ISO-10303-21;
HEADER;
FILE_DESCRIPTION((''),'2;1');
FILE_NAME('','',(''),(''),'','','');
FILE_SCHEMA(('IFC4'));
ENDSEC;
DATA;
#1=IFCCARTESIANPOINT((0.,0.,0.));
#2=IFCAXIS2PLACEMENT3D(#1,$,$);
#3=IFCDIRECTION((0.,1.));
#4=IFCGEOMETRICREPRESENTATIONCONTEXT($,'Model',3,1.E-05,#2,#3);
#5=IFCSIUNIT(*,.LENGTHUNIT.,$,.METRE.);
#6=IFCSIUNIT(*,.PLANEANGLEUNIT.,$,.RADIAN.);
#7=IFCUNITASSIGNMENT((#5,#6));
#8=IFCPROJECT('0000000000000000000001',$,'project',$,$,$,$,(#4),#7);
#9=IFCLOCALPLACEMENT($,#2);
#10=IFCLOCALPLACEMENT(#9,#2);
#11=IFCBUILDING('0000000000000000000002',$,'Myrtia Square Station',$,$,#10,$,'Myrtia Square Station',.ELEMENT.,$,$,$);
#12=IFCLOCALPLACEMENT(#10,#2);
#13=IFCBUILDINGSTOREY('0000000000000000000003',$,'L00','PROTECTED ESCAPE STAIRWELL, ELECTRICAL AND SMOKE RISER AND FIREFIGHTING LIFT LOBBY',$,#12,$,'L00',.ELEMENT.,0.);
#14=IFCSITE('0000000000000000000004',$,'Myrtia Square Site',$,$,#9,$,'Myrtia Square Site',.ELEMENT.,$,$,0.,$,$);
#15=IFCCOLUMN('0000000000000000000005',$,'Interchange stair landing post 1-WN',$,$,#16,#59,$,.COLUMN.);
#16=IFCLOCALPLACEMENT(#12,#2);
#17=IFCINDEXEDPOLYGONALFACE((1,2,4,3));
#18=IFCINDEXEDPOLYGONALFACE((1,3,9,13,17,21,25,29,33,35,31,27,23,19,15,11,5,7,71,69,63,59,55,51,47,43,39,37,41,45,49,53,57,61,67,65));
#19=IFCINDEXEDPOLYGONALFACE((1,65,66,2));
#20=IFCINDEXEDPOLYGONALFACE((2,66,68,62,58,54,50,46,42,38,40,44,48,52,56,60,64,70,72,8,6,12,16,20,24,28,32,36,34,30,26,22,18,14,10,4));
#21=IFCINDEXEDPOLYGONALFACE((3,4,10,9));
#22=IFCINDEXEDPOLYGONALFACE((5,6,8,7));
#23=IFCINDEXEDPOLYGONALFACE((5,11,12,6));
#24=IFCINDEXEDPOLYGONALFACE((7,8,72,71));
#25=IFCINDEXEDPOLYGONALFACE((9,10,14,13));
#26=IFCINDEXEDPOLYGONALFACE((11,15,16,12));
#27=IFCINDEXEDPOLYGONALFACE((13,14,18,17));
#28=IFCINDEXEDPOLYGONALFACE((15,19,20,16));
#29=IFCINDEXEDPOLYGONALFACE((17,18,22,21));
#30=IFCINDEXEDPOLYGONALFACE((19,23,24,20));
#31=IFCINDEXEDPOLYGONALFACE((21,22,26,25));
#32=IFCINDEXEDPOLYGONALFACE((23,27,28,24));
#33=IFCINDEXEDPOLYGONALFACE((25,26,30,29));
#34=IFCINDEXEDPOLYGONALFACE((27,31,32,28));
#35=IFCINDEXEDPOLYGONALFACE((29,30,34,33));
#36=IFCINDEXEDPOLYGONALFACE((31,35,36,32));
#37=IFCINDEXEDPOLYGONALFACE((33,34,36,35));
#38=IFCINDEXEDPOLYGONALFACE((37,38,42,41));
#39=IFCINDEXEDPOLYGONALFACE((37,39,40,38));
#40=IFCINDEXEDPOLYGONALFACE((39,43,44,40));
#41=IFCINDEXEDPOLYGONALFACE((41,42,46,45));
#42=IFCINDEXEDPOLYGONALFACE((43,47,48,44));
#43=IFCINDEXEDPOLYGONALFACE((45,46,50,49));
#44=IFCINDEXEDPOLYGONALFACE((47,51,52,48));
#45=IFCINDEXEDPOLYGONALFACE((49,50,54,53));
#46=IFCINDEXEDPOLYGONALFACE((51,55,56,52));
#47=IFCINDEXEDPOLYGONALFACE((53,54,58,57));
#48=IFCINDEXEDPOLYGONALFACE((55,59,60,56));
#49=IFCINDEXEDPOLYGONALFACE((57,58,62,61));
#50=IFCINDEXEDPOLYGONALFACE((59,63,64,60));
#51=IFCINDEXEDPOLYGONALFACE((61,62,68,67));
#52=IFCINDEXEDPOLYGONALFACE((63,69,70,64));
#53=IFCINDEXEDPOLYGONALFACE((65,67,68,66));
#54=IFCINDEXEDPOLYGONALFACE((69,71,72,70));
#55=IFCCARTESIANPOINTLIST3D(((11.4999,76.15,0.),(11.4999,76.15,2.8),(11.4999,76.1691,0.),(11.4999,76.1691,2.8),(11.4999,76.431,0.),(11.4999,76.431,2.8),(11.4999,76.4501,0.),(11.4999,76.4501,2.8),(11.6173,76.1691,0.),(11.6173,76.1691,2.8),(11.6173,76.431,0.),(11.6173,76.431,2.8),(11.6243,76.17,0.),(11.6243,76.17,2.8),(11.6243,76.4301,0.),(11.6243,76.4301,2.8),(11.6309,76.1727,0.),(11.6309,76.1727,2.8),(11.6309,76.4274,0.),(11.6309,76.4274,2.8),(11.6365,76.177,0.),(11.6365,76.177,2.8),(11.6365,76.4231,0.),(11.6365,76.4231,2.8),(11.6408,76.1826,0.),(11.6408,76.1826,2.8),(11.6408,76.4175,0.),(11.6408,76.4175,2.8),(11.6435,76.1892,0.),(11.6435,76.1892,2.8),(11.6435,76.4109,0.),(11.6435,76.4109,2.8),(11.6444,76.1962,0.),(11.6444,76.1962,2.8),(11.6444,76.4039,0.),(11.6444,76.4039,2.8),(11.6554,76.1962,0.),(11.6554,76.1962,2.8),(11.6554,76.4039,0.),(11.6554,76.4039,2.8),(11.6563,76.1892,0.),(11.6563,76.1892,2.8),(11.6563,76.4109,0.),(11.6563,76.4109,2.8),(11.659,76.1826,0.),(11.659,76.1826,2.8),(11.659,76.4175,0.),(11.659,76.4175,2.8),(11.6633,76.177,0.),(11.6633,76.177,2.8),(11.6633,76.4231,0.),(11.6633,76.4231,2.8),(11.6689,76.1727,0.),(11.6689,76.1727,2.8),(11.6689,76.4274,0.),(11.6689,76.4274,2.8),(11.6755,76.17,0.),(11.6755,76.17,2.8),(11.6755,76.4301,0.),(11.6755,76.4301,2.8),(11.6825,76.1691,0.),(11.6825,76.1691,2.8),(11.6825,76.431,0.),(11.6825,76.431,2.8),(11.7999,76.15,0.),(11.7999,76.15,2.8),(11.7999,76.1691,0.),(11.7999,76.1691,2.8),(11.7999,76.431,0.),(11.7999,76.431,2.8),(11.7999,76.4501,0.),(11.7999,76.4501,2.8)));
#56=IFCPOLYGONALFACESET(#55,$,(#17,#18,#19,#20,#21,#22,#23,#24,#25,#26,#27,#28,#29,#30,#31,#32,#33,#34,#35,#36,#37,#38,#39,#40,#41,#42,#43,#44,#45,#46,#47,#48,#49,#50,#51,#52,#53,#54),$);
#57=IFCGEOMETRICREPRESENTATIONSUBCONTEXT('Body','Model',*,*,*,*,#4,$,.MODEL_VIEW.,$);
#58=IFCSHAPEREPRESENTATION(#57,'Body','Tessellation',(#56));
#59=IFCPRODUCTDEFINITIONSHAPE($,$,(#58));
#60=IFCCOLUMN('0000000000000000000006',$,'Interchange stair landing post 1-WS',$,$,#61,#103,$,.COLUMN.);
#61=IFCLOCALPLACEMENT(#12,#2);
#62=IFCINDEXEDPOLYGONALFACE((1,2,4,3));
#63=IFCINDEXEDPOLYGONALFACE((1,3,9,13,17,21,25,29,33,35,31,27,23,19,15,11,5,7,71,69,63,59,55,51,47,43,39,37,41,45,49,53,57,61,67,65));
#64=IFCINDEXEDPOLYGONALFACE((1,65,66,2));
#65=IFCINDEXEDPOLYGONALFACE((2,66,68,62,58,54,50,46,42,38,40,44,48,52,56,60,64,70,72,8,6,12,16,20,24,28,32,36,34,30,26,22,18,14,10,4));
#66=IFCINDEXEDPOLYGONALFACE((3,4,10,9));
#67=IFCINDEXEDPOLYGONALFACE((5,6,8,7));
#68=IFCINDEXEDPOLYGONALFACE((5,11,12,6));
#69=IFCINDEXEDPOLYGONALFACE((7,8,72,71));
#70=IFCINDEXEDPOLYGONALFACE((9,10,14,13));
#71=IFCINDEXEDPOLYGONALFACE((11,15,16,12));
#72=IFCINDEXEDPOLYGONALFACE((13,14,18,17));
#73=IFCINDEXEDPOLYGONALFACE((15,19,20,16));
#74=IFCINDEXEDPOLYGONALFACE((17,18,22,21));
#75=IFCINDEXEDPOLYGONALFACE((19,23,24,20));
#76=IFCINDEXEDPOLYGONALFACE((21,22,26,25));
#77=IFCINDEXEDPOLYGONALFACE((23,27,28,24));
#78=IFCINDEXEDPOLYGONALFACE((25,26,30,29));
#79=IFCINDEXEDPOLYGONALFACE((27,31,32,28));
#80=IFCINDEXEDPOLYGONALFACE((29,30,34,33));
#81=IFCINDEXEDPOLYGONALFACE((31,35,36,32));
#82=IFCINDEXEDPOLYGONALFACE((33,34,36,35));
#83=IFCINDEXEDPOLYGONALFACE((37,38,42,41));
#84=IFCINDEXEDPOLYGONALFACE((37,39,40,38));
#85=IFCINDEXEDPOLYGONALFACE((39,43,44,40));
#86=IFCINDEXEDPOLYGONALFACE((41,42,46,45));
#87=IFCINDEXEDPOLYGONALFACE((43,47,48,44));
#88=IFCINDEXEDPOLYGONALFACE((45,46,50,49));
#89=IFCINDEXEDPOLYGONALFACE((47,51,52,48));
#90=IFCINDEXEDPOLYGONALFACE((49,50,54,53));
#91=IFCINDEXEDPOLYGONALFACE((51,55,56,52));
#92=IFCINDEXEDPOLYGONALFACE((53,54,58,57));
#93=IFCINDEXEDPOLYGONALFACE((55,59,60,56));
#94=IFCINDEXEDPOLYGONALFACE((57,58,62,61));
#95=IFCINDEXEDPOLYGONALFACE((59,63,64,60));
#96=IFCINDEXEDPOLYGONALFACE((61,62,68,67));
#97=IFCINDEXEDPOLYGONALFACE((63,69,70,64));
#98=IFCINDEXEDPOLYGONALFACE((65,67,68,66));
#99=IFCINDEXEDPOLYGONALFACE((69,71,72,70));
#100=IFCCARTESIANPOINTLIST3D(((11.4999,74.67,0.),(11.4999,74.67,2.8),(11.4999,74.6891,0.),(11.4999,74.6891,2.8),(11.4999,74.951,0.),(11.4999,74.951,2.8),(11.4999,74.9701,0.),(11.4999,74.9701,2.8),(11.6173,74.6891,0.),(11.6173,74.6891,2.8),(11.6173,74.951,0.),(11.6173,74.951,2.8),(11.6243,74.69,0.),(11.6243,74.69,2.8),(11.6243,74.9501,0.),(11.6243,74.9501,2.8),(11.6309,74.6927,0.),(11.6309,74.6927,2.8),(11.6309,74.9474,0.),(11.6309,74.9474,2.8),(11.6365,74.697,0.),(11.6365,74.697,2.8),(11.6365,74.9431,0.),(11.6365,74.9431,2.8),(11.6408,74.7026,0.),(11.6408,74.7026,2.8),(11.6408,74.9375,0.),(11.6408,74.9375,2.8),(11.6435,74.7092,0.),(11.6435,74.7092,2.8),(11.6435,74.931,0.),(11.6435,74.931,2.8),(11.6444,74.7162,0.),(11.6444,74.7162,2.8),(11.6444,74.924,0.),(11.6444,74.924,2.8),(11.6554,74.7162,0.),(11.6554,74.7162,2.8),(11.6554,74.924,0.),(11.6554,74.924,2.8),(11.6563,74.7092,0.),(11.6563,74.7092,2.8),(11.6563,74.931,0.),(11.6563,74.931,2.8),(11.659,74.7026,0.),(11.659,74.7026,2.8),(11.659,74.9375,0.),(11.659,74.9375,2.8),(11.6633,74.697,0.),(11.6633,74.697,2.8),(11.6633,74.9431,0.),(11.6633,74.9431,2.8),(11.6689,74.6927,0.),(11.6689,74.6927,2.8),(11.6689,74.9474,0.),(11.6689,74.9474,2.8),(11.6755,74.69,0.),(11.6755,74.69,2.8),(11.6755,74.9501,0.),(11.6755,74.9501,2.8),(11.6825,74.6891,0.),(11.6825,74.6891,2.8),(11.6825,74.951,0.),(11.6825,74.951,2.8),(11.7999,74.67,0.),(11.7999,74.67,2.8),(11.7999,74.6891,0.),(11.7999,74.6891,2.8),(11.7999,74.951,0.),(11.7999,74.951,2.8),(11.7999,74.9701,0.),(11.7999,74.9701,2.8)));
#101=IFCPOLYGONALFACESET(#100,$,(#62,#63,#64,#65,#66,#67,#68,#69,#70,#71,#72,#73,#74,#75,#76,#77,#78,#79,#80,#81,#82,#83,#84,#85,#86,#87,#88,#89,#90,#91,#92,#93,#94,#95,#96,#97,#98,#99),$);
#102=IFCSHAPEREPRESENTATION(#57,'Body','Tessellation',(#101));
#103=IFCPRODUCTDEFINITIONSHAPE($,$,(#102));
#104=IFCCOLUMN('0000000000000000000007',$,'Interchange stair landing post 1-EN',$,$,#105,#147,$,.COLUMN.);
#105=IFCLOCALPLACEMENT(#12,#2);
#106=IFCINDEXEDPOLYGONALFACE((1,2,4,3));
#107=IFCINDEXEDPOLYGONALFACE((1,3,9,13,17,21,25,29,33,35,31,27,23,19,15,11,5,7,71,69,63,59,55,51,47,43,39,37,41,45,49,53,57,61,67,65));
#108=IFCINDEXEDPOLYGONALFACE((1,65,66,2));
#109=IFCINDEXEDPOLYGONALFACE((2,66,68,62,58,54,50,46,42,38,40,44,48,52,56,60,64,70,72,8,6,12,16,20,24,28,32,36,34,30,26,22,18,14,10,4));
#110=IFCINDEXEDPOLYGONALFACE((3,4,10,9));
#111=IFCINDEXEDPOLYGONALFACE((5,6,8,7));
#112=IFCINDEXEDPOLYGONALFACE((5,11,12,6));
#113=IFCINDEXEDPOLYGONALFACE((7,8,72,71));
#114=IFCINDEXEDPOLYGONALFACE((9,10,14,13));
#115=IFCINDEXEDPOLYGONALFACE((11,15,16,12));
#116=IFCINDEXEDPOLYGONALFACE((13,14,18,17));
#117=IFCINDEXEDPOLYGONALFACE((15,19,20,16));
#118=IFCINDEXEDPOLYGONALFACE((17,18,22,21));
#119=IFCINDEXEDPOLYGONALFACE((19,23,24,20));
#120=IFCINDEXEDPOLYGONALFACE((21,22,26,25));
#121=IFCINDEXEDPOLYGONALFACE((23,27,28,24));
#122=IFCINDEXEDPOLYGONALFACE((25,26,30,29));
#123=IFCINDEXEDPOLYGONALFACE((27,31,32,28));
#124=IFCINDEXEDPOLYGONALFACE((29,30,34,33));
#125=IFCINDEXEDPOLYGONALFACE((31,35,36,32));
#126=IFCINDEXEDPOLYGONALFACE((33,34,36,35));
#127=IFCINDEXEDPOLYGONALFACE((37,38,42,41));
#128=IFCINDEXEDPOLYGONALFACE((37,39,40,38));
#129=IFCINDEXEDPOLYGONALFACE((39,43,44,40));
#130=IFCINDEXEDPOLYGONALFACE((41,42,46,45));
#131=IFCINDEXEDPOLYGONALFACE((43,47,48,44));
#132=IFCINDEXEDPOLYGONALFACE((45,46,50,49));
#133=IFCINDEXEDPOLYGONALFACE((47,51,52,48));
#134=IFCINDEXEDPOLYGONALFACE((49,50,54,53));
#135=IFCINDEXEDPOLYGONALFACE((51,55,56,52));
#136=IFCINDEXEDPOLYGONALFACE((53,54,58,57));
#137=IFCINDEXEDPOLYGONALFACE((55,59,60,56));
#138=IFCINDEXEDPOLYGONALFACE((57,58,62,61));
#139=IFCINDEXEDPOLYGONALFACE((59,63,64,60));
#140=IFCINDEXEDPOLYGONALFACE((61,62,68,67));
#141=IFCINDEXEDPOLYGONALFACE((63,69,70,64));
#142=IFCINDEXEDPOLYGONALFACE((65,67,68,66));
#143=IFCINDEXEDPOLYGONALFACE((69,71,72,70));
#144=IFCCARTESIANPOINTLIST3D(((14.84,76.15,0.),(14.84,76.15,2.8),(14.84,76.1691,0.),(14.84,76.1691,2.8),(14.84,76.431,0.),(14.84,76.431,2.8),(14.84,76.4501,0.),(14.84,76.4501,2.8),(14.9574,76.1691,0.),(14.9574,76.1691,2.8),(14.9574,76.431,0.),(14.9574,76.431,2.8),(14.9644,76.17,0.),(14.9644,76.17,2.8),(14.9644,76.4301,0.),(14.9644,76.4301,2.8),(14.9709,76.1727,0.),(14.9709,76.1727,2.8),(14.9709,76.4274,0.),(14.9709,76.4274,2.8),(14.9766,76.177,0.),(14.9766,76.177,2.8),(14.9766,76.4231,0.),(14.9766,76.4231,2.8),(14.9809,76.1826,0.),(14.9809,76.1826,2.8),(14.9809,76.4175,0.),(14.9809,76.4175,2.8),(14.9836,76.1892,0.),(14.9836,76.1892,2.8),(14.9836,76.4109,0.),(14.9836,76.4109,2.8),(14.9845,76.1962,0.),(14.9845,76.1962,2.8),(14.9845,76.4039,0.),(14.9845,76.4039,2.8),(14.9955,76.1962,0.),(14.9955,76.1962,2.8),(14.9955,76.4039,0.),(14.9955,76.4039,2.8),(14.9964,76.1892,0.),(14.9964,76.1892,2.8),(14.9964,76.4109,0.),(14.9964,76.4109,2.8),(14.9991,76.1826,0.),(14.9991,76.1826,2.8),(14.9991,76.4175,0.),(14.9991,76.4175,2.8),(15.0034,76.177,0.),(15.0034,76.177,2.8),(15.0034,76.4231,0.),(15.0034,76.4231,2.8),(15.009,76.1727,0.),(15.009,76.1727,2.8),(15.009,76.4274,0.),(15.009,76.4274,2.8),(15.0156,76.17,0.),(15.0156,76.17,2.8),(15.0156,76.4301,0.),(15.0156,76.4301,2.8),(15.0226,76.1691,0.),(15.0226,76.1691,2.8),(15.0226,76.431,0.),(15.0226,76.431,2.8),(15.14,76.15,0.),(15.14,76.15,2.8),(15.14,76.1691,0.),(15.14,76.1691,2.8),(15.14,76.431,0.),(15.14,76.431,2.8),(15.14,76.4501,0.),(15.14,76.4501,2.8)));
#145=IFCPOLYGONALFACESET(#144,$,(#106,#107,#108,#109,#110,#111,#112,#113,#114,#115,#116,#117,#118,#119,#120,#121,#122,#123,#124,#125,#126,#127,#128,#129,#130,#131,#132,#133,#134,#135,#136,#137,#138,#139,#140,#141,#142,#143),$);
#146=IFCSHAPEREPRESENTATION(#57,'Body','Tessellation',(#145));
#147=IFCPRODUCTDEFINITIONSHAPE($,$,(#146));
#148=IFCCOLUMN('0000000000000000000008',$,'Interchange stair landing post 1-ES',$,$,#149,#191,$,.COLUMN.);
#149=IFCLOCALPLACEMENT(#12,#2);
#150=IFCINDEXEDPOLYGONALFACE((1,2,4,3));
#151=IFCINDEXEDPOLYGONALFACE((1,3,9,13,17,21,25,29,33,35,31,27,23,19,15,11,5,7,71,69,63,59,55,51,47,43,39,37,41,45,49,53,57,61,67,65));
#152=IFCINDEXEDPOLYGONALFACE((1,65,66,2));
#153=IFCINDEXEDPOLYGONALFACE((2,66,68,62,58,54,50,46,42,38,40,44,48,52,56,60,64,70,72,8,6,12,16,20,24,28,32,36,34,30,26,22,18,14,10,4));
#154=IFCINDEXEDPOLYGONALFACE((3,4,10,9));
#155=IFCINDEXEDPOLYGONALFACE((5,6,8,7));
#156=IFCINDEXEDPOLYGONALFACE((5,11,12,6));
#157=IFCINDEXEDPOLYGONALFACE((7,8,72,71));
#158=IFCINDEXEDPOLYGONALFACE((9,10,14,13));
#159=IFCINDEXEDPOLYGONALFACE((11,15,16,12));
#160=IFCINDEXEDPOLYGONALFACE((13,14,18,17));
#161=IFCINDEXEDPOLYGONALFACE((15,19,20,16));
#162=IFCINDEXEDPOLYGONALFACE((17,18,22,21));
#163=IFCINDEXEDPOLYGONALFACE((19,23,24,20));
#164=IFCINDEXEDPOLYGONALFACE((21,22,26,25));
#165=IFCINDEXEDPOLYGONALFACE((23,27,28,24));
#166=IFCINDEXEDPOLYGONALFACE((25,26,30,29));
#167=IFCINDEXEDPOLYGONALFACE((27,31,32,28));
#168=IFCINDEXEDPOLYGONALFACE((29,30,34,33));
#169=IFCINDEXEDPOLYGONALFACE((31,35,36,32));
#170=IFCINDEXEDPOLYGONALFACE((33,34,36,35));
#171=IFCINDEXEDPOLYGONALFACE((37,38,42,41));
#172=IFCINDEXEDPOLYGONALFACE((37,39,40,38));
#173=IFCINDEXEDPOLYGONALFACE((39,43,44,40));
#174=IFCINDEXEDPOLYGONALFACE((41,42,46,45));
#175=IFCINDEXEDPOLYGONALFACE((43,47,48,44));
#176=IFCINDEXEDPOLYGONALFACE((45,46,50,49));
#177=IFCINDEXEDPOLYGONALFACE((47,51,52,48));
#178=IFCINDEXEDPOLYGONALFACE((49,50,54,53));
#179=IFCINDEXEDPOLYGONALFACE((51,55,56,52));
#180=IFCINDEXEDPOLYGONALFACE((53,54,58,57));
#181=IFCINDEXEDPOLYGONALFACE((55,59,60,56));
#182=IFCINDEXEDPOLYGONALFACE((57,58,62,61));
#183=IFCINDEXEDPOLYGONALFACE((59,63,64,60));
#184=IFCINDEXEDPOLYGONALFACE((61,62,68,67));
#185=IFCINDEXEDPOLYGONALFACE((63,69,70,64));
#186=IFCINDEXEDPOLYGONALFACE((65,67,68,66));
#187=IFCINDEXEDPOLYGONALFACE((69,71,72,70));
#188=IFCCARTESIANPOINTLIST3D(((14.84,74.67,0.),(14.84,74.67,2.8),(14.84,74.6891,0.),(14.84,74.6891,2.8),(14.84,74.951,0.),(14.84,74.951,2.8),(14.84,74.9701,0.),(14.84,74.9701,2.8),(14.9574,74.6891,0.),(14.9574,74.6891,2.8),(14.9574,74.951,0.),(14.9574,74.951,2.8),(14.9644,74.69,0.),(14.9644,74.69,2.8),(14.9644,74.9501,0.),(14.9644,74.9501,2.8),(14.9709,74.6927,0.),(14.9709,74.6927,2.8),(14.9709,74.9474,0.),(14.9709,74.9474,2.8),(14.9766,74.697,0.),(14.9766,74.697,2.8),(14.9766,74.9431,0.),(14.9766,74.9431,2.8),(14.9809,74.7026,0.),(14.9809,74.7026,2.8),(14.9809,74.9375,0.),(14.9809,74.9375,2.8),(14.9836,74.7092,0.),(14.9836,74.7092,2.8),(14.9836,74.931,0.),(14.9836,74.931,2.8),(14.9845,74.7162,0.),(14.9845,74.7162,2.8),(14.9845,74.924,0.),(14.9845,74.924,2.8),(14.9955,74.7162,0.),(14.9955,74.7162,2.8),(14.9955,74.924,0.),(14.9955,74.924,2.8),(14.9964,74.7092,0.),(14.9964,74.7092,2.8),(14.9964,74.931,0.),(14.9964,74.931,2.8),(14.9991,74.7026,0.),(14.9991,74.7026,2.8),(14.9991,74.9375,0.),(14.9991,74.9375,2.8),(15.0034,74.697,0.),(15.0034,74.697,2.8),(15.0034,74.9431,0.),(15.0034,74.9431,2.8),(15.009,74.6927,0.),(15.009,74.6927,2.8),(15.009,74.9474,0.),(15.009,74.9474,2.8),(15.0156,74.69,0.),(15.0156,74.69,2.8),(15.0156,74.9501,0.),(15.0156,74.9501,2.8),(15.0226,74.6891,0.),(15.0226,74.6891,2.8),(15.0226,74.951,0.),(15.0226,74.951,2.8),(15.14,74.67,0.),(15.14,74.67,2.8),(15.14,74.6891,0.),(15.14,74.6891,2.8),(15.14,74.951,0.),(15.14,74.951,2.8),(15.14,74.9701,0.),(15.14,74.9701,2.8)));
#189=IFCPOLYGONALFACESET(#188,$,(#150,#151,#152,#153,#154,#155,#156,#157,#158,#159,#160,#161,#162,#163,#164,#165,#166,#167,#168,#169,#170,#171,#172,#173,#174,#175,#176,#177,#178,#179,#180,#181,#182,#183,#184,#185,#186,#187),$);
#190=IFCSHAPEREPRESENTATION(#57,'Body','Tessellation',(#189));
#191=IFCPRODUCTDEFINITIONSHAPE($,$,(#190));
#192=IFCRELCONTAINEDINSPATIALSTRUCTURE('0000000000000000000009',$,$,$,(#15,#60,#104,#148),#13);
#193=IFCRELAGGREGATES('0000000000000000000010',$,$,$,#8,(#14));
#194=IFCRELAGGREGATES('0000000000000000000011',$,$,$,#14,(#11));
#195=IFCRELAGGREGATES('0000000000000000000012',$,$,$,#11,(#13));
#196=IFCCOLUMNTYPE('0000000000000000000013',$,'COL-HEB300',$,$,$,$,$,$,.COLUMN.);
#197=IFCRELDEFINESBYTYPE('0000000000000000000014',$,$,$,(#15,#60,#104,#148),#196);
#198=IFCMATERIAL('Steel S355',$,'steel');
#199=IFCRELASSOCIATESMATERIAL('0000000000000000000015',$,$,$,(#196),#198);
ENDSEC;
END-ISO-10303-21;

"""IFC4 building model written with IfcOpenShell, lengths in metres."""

from ifc_helpers import new_model, si_unit, direction, frame, origin, origin_2d, place, context, subcontext, project, spatial, i_section, extrude, material, material_profile, profile_set, type_object, element, save


model = new_model("IFC4")

# Units and contexts
model_context = context("Model", 3, precision=1e-05, world=origin(), true_north=direction((0.0, 1.0)))
body_context = subcontext(model_context, "Body", "Model", "MODEL_VIEW")
ifc_project = project(units=[si_unit("LENGTHUNIT", "METRE"), si_unit("PLANEANGLEUNIT", "RADIAN")], contexts=[model_context])

# Site, building, storey
site_placement = place(None, origin())
site = spatial("IfcSite", under=ifc_project, at=site_placement, Name="Myrtia Square Site", LongName="Myrtia Square Site", CompositionType="ELEMENT", RefElevation=0.0)
building_placement = place(site_placement, origin())
building = spatial("IfcBuilding", under=site, at=building_placement, Name="Myrtia Square Station", LongName="Myrtia Square Station", CompositionType="ELEMENT")
storey_placement = place(building_placement, origin())
storey = spatial("IfcBuildingStorey", under=building, at=storey_placement, Name="L00", Description="PROTECTED ESCAPE STAIRWELL, ELECTRICAL AND SMOKE RISER AND FIREFIGHTING LIFT LOBBY", LongName="L00", CompositionType="ELEMENT", Elevation=0.0)

# Columns
ifc_material_1 = material(Name="Steel S355", Category="steel")
ifc_material_profile_1 = material_profile(ifc_material_1, i_section(OverallWidth=0.3, OverallDepth=0.3, WebThickness=0.011, FlangeThickness=0.019, FilletRadius=0.0271, at=origin_2d()), Name="HEB 300")
ifc_profile_set_1 = profile_set([ifc_material_profile_1], Name="Steel S355")
column_type_1 = type_object("IfcColumnType", Name="COL-HEB300", PredefinedType="COLUMN", material=ifc_profile_set_1)
for number, where, z_axis, x_axis, name in (
    (1, (11.6499, 76.3, 0.0), (0.0, 0.0, 1.0), (1.0, 0.0, 0.0), "Interchange stair landing post 1-WN"),
    (2, (11.6499, 74.8201, 0.0), (0.0, 0.0, 1.0), (1.0, 0.0, 0.0), "Interchange stair landing post 1-WS"),
    (3, (14.99, 76.3, 0.0), (0.0, 0.0, 1.0), (1.0, 0.0, 0.0), "Interchange stair landing post 1-EN"),
    (4, (14.99, 74.8201, 0.0), (0.0, 0.0, 1.0), (1.0, 0.0, 0.0), "Interchange stair landing post 1-ES"),
):
    element("IfcColumn", number, at=place(storey_placement, frame(where, z_axis=z_axis, x_axis=x_axis)), inside=storey, type_object=column_type_1, Name=name, PredefinedType="COLUMN", context=body_context, shape_type="SweptSolid", body=[
        extrude(i_section(OverallWidth=0.3, OverallDepth=0.3, WebThickness=0.011, FlangeThickness=0.019, FilletRadius=0.0271, at=origin_2d()), origin(), (0.0, 0.0, 1.0), 2.8),
    ])

save(model, "model.ifc")
